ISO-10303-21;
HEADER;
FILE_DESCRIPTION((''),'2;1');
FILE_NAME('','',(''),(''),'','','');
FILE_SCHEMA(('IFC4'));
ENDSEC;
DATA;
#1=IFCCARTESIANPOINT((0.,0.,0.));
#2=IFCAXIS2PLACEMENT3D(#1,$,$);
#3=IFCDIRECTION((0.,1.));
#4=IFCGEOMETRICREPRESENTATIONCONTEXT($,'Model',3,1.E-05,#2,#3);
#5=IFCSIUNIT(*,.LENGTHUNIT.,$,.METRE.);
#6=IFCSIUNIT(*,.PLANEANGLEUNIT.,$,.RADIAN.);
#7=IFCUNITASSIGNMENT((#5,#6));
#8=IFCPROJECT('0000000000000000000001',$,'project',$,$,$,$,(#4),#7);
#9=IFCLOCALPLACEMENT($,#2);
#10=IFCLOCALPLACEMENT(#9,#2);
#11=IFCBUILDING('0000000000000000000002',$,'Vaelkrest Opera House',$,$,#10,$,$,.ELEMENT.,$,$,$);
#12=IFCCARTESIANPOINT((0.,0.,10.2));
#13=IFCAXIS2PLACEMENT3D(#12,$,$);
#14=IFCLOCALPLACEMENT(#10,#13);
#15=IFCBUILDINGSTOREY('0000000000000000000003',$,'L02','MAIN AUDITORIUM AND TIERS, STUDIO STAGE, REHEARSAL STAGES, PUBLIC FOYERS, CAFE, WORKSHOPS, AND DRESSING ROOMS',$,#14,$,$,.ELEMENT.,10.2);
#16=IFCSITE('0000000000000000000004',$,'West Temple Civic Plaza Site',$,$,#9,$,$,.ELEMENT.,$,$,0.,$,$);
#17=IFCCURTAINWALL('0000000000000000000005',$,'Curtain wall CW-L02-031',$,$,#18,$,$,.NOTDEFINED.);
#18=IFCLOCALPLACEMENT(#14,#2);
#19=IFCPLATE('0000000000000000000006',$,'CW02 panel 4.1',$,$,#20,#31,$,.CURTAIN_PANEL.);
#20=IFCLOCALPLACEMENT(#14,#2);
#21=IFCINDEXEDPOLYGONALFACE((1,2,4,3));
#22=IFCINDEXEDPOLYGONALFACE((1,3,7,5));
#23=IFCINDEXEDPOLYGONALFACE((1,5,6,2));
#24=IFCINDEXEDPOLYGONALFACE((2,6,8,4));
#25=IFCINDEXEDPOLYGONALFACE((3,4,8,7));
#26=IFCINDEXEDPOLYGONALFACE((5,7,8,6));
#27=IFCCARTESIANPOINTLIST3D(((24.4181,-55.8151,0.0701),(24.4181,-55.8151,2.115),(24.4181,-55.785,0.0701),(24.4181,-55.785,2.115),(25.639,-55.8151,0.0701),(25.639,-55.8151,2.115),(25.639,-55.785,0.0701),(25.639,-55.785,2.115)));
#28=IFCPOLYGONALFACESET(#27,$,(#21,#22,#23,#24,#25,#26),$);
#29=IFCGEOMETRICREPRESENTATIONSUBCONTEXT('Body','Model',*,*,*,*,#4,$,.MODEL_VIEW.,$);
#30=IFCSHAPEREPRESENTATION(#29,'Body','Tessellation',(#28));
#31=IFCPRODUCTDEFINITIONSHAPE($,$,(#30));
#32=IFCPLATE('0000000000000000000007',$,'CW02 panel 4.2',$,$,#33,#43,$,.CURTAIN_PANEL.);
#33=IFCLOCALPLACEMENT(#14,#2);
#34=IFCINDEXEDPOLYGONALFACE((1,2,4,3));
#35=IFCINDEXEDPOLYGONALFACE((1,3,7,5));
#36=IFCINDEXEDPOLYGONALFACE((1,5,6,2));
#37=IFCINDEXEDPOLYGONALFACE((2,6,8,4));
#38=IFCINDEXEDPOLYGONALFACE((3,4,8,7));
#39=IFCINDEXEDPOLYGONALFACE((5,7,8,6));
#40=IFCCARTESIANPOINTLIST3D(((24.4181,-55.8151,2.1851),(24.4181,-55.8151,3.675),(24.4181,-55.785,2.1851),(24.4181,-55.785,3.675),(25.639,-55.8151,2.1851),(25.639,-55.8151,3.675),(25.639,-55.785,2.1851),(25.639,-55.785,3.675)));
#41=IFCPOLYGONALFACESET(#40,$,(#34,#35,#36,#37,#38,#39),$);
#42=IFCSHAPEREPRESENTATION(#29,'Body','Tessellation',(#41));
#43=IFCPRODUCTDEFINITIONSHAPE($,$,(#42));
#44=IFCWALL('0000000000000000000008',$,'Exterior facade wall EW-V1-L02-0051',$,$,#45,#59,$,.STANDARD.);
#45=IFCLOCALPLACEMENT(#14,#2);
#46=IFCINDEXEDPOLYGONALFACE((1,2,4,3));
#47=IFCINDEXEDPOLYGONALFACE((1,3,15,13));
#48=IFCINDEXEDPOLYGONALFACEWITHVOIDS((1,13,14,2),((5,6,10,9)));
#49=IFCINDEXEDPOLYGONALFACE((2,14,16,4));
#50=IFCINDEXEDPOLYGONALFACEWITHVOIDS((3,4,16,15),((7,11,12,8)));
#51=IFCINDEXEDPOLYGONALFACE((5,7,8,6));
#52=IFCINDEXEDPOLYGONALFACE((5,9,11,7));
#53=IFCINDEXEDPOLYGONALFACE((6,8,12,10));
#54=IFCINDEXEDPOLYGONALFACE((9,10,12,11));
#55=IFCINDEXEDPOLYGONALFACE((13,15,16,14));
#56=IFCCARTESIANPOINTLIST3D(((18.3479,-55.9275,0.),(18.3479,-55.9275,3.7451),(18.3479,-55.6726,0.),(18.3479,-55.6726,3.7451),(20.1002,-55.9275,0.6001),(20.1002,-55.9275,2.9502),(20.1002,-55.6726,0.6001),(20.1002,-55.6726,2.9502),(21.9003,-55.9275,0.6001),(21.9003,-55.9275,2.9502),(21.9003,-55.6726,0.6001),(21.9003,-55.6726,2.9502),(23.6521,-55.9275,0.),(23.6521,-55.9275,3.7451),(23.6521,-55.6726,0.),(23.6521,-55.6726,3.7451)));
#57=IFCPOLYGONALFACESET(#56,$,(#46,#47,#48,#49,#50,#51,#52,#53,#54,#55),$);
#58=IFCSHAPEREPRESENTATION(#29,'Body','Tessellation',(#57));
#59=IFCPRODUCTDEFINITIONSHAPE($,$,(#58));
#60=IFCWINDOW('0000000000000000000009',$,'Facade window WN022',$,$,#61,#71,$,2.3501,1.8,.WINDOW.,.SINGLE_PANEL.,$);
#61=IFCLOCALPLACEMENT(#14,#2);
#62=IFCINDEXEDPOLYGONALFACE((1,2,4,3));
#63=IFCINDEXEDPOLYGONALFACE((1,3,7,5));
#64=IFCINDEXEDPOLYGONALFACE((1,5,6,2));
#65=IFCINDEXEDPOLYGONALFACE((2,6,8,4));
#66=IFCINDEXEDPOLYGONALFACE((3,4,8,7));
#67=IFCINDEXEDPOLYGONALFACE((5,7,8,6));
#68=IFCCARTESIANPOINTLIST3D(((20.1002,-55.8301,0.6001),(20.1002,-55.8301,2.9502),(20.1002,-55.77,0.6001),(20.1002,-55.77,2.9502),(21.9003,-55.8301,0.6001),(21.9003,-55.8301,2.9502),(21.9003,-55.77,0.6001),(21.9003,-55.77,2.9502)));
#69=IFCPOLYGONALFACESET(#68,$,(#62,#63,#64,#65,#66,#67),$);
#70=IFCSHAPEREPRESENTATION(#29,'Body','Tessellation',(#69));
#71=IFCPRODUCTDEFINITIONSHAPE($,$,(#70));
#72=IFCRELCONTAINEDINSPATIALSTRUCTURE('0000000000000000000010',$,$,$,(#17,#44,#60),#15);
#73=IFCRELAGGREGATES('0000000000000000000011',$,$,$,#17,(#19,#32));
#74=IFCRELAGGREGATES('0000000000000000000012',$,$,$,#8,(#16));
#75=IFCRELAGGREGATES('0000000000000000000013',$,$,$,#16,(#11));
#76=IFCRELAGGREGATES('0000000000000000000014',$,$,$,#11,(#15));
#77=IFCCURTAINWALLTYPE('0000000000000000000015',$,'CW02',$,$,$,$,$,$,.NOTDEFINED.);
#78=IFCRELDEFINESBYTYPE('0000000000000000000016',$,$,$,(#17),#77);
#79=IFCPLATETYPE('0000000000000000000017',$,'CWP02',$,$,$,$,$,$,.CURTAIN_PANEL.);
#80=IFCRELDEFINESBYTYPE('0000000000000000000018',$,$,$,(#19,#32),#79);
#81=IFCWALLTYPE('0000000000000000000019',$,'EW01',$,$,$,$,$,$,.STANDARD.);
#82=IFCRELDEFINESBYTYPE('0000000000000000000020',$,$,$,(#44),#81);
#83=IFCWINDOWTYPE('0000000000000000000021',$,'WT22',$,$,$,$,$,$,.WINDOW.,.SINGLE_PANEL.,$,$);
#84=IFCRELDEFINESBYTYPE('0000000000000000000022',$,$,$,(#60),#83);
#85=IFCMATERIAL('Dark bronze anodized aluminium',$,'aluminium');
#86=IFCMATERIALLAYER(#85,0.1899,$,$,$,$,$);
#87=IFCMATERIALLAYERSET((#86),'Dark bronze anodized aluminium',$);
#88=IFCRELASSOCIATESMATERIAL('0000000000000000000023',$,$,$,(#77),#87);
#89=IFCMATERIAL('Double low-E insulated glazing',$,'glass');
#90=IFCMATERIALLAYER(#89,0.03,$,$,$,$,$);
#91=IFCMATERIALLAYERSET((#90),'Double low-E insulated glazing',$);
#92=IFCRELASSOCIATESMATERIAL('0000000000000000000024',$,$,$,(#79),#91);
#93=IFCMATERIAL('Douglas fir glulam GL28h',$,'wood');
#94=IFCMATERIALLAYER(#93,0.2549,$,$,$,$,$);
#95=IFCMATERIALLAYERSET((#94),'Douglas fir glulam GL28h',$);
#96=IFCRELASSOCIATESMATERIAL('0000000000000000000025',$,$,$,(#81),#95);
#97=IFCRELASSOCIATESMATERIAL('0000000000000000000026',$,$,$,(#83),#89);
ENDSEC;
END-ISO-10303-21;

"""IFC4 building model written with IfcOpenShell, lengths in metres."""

from ifc_helpers import new_model, si_unit, direction, frame, frame_2d, origin, origin_2d, place, context, subcontext, project, spatial, rectangle, extrude, material, layer, layer_set, type_object, element, fill, aggregate, save


model = new_model("IFC4")

# Units and contexts
model_context = context("Model", 3, precision=1e-05, world=origin(), true_north=direction((0.0, 1.0)))
body_context = subcontext(model_context, "Body", "Model", "MODEL_VIEW")
ifc_project = project(units=[si_unit("LENGTHUNIT", "METRE"), si_unit("PLANEANGLEUNIT", "RADIAN")], contexts=[model_context])

# Site, building, storey
site_placement = place(None, origin())
site = spatial("IfcSite", under=ifc_project, at=site_placement, Name="West Temple Civic Plaza Site", CompositionType="ELEMENT", RefElevation=0.0)
building_placement = place(site_placement, origin())
building = spatial("IfcBuilding", under=site, at=building_placement, Name="Vaelkrest Opera House", CompositionType="ELEMENT")
storey_placement = place(building_placement, frame((0.0, 0.0, 10.2)))
storey = spatial("IfcBuildingStorey", under=building, at=storey_placement, Name="L02", Description="MAIN AUDITORIUM AND TIERS, STUDIO STAGE, REHEARSAL STAGES, PUBLIC FOYERS, CAFE, WORKSHOPS, AND DRESSING ROOMS", CompositionType="ELEMENT", Elevation=10.2)

# Curtain wall
ifc_material_1 = material(Name="Dark bronze anodized aluminium", Category="aluminium")
ifc_layer_1 = layer(ifc_material_1, 0.1899)
ifc_layer_set_1 = layer_set([ifc_layer_1], Name="Dark bronze anodized aluminium")
curtain_wall_type = type_object("IfcCurtainWallType", Name="CW02", PredefinedType="NOTDEFINED", material=ifc_layer_set_1)
curtain_wall_placement = place(storey_placement, origin())
curtain_wall = element("IfcCurtainWall", 1, at=curtain_wall_placement, inside=storey, type_object=curtain_wall_type, Name="Curtain wall CW-L02-031", PredefinedType="NOTDEFINED")

# Plates
ifc_material_2 = material(Name="Double low-E insulated glazing", Category="glass")
ifc_layer_2 = layer(ifc_material_2, 0.03)
ifc_layer_set_2 = layer_set([ifc_layer_2], Name="Double low-E insulated glazing")
plate_type = type_object("IfcPlateType", Name="CWP02", PredefinedType="CURTAIN_PANEL", material=ifc_layer_set_2)
plate_1_placement = place(storey_placement, frame((25.0286, -55.8, 0.0701), z_axis=(0.0, 0.0, 1.0), x_axis=(-1.0, 0.0, 0.0)))
plate_1 = element("IfcPlate", 2, at=plate_1_placement, type_object=plate_type, Name="CW02 panel 4.1", PredefinedType="CURTAIN_PANEL", context=body_context, shape_type="SweptSolid", body=[
    extrude(rectangle(XDim=1.2209, YDim=0.03, at=origin_2d()), origin(), (0.0, 0.0, 1.0), 2.0449),
])
plate_2_placement = place(storey_placement, frame((25.0286, -55.8, 2.1851), z_axis=(0.0, 0.0, 1.0), x_axis=(-1.0, 0.0, 0.0)))
plate_2 = element("IfcPlate", 3, at=plate_2_placement, type_object=plate_type, Name="CW02 panel 4.2", PredefinedType="CURTAIN_PANEL", context=body_context, shape_type="SweptSolid", body=[
    extrude(rectangle(XDim=1.2209, YDim=0.03, at=origin_2d()), origin(), (0.0, 0.0, 1.0), 1.49),
])
aggregate(curtain_wall, [plate_1, plate_2])

# Wall, opening, window
ifc_material_3 = material(Name="Douglas fir glulam GL28h", Category="wood")
ifc_layer_3 = layer(ifc_material_3, 0.2549)
ifc_layer_set_3 = layer_set([ifc_layer_3], Name="Douglas fir glulam GL28h")
wall_type = type_object("IfcWallType", Name="EW01", PredefinedType="STANDARD", material=ifc_layer_set_3)
wall_placement = place(storey_placement, frame((23.6521, -55.8, 0.0), z_axis=(0.0, 0.0, 1.0), x_axis=(-1.0, 0.0, 0.0)))
wall = element("IfcWall", 4, at=wall_placement, inside=storey, type_object=wall_type, Name="Exterior facade wall EW-V1-L02-0051", PredefinedType="STANDARD", context=body_context, shape_type="SweptSolid", body=[
    extrude(rectangle(XDim=5.3042, YDim=0.2549, at=frame_2d((2.6521, 0.0))), origin(), (0.0, 0.0, 1.0), 3.7451),
])
opening_placement = place(wall_placement, frame((1.752, 0.0, 0.6001)))
opening = element("IfcOpeningElement", 5, at=opening_placement, cuts=wall, PredefinedType="OPENING", context=body_context, shape_type="SweptSolid", body=[
    extrude(rectangle(XDim=1.8, YDim=2.3501, at=frame_2d((0.8999, 1.175))), frame((0.0, 0.1375, 0.0), z_axis=(0.0, -1.0, 0.0), x_axis=(1.0, 0.0, 0.0)), (0.0, 0.0, 1.0), 0.2749),
])
window_type = type_object("IfcWindowType", Name="WT22", PartitioningType="SINGLE_PANEL", PredefinedType="WINDOW", material=ifc_material_2)
window_placement = place(opening_placement, origin())
window = element("IfcWindow", 6, at=window_placement, inside=storey, type_object=window_type, Name="Facade window WN022", OverallHeight=2.3501, OverallWidth=1.8, PartitioningType="SINGLE_PANEL", PredefinedType="WINDOW", context=body_context, shape_type="SweptSolid", body=[
    extrude(rectangle(XDim=1.8, YDim=2.3501, at=frame_2d((0.8999, 1.175))), frame((0.0, 0.03, 0.0), z_axis=(0.0, -1.0, 0.0), x_axis=(1.0, 0.0, 0.0)), (0.0, 0.0, 1.0), 0.0601),
])
fill(opening, window)

save(model, "model.ifc")
